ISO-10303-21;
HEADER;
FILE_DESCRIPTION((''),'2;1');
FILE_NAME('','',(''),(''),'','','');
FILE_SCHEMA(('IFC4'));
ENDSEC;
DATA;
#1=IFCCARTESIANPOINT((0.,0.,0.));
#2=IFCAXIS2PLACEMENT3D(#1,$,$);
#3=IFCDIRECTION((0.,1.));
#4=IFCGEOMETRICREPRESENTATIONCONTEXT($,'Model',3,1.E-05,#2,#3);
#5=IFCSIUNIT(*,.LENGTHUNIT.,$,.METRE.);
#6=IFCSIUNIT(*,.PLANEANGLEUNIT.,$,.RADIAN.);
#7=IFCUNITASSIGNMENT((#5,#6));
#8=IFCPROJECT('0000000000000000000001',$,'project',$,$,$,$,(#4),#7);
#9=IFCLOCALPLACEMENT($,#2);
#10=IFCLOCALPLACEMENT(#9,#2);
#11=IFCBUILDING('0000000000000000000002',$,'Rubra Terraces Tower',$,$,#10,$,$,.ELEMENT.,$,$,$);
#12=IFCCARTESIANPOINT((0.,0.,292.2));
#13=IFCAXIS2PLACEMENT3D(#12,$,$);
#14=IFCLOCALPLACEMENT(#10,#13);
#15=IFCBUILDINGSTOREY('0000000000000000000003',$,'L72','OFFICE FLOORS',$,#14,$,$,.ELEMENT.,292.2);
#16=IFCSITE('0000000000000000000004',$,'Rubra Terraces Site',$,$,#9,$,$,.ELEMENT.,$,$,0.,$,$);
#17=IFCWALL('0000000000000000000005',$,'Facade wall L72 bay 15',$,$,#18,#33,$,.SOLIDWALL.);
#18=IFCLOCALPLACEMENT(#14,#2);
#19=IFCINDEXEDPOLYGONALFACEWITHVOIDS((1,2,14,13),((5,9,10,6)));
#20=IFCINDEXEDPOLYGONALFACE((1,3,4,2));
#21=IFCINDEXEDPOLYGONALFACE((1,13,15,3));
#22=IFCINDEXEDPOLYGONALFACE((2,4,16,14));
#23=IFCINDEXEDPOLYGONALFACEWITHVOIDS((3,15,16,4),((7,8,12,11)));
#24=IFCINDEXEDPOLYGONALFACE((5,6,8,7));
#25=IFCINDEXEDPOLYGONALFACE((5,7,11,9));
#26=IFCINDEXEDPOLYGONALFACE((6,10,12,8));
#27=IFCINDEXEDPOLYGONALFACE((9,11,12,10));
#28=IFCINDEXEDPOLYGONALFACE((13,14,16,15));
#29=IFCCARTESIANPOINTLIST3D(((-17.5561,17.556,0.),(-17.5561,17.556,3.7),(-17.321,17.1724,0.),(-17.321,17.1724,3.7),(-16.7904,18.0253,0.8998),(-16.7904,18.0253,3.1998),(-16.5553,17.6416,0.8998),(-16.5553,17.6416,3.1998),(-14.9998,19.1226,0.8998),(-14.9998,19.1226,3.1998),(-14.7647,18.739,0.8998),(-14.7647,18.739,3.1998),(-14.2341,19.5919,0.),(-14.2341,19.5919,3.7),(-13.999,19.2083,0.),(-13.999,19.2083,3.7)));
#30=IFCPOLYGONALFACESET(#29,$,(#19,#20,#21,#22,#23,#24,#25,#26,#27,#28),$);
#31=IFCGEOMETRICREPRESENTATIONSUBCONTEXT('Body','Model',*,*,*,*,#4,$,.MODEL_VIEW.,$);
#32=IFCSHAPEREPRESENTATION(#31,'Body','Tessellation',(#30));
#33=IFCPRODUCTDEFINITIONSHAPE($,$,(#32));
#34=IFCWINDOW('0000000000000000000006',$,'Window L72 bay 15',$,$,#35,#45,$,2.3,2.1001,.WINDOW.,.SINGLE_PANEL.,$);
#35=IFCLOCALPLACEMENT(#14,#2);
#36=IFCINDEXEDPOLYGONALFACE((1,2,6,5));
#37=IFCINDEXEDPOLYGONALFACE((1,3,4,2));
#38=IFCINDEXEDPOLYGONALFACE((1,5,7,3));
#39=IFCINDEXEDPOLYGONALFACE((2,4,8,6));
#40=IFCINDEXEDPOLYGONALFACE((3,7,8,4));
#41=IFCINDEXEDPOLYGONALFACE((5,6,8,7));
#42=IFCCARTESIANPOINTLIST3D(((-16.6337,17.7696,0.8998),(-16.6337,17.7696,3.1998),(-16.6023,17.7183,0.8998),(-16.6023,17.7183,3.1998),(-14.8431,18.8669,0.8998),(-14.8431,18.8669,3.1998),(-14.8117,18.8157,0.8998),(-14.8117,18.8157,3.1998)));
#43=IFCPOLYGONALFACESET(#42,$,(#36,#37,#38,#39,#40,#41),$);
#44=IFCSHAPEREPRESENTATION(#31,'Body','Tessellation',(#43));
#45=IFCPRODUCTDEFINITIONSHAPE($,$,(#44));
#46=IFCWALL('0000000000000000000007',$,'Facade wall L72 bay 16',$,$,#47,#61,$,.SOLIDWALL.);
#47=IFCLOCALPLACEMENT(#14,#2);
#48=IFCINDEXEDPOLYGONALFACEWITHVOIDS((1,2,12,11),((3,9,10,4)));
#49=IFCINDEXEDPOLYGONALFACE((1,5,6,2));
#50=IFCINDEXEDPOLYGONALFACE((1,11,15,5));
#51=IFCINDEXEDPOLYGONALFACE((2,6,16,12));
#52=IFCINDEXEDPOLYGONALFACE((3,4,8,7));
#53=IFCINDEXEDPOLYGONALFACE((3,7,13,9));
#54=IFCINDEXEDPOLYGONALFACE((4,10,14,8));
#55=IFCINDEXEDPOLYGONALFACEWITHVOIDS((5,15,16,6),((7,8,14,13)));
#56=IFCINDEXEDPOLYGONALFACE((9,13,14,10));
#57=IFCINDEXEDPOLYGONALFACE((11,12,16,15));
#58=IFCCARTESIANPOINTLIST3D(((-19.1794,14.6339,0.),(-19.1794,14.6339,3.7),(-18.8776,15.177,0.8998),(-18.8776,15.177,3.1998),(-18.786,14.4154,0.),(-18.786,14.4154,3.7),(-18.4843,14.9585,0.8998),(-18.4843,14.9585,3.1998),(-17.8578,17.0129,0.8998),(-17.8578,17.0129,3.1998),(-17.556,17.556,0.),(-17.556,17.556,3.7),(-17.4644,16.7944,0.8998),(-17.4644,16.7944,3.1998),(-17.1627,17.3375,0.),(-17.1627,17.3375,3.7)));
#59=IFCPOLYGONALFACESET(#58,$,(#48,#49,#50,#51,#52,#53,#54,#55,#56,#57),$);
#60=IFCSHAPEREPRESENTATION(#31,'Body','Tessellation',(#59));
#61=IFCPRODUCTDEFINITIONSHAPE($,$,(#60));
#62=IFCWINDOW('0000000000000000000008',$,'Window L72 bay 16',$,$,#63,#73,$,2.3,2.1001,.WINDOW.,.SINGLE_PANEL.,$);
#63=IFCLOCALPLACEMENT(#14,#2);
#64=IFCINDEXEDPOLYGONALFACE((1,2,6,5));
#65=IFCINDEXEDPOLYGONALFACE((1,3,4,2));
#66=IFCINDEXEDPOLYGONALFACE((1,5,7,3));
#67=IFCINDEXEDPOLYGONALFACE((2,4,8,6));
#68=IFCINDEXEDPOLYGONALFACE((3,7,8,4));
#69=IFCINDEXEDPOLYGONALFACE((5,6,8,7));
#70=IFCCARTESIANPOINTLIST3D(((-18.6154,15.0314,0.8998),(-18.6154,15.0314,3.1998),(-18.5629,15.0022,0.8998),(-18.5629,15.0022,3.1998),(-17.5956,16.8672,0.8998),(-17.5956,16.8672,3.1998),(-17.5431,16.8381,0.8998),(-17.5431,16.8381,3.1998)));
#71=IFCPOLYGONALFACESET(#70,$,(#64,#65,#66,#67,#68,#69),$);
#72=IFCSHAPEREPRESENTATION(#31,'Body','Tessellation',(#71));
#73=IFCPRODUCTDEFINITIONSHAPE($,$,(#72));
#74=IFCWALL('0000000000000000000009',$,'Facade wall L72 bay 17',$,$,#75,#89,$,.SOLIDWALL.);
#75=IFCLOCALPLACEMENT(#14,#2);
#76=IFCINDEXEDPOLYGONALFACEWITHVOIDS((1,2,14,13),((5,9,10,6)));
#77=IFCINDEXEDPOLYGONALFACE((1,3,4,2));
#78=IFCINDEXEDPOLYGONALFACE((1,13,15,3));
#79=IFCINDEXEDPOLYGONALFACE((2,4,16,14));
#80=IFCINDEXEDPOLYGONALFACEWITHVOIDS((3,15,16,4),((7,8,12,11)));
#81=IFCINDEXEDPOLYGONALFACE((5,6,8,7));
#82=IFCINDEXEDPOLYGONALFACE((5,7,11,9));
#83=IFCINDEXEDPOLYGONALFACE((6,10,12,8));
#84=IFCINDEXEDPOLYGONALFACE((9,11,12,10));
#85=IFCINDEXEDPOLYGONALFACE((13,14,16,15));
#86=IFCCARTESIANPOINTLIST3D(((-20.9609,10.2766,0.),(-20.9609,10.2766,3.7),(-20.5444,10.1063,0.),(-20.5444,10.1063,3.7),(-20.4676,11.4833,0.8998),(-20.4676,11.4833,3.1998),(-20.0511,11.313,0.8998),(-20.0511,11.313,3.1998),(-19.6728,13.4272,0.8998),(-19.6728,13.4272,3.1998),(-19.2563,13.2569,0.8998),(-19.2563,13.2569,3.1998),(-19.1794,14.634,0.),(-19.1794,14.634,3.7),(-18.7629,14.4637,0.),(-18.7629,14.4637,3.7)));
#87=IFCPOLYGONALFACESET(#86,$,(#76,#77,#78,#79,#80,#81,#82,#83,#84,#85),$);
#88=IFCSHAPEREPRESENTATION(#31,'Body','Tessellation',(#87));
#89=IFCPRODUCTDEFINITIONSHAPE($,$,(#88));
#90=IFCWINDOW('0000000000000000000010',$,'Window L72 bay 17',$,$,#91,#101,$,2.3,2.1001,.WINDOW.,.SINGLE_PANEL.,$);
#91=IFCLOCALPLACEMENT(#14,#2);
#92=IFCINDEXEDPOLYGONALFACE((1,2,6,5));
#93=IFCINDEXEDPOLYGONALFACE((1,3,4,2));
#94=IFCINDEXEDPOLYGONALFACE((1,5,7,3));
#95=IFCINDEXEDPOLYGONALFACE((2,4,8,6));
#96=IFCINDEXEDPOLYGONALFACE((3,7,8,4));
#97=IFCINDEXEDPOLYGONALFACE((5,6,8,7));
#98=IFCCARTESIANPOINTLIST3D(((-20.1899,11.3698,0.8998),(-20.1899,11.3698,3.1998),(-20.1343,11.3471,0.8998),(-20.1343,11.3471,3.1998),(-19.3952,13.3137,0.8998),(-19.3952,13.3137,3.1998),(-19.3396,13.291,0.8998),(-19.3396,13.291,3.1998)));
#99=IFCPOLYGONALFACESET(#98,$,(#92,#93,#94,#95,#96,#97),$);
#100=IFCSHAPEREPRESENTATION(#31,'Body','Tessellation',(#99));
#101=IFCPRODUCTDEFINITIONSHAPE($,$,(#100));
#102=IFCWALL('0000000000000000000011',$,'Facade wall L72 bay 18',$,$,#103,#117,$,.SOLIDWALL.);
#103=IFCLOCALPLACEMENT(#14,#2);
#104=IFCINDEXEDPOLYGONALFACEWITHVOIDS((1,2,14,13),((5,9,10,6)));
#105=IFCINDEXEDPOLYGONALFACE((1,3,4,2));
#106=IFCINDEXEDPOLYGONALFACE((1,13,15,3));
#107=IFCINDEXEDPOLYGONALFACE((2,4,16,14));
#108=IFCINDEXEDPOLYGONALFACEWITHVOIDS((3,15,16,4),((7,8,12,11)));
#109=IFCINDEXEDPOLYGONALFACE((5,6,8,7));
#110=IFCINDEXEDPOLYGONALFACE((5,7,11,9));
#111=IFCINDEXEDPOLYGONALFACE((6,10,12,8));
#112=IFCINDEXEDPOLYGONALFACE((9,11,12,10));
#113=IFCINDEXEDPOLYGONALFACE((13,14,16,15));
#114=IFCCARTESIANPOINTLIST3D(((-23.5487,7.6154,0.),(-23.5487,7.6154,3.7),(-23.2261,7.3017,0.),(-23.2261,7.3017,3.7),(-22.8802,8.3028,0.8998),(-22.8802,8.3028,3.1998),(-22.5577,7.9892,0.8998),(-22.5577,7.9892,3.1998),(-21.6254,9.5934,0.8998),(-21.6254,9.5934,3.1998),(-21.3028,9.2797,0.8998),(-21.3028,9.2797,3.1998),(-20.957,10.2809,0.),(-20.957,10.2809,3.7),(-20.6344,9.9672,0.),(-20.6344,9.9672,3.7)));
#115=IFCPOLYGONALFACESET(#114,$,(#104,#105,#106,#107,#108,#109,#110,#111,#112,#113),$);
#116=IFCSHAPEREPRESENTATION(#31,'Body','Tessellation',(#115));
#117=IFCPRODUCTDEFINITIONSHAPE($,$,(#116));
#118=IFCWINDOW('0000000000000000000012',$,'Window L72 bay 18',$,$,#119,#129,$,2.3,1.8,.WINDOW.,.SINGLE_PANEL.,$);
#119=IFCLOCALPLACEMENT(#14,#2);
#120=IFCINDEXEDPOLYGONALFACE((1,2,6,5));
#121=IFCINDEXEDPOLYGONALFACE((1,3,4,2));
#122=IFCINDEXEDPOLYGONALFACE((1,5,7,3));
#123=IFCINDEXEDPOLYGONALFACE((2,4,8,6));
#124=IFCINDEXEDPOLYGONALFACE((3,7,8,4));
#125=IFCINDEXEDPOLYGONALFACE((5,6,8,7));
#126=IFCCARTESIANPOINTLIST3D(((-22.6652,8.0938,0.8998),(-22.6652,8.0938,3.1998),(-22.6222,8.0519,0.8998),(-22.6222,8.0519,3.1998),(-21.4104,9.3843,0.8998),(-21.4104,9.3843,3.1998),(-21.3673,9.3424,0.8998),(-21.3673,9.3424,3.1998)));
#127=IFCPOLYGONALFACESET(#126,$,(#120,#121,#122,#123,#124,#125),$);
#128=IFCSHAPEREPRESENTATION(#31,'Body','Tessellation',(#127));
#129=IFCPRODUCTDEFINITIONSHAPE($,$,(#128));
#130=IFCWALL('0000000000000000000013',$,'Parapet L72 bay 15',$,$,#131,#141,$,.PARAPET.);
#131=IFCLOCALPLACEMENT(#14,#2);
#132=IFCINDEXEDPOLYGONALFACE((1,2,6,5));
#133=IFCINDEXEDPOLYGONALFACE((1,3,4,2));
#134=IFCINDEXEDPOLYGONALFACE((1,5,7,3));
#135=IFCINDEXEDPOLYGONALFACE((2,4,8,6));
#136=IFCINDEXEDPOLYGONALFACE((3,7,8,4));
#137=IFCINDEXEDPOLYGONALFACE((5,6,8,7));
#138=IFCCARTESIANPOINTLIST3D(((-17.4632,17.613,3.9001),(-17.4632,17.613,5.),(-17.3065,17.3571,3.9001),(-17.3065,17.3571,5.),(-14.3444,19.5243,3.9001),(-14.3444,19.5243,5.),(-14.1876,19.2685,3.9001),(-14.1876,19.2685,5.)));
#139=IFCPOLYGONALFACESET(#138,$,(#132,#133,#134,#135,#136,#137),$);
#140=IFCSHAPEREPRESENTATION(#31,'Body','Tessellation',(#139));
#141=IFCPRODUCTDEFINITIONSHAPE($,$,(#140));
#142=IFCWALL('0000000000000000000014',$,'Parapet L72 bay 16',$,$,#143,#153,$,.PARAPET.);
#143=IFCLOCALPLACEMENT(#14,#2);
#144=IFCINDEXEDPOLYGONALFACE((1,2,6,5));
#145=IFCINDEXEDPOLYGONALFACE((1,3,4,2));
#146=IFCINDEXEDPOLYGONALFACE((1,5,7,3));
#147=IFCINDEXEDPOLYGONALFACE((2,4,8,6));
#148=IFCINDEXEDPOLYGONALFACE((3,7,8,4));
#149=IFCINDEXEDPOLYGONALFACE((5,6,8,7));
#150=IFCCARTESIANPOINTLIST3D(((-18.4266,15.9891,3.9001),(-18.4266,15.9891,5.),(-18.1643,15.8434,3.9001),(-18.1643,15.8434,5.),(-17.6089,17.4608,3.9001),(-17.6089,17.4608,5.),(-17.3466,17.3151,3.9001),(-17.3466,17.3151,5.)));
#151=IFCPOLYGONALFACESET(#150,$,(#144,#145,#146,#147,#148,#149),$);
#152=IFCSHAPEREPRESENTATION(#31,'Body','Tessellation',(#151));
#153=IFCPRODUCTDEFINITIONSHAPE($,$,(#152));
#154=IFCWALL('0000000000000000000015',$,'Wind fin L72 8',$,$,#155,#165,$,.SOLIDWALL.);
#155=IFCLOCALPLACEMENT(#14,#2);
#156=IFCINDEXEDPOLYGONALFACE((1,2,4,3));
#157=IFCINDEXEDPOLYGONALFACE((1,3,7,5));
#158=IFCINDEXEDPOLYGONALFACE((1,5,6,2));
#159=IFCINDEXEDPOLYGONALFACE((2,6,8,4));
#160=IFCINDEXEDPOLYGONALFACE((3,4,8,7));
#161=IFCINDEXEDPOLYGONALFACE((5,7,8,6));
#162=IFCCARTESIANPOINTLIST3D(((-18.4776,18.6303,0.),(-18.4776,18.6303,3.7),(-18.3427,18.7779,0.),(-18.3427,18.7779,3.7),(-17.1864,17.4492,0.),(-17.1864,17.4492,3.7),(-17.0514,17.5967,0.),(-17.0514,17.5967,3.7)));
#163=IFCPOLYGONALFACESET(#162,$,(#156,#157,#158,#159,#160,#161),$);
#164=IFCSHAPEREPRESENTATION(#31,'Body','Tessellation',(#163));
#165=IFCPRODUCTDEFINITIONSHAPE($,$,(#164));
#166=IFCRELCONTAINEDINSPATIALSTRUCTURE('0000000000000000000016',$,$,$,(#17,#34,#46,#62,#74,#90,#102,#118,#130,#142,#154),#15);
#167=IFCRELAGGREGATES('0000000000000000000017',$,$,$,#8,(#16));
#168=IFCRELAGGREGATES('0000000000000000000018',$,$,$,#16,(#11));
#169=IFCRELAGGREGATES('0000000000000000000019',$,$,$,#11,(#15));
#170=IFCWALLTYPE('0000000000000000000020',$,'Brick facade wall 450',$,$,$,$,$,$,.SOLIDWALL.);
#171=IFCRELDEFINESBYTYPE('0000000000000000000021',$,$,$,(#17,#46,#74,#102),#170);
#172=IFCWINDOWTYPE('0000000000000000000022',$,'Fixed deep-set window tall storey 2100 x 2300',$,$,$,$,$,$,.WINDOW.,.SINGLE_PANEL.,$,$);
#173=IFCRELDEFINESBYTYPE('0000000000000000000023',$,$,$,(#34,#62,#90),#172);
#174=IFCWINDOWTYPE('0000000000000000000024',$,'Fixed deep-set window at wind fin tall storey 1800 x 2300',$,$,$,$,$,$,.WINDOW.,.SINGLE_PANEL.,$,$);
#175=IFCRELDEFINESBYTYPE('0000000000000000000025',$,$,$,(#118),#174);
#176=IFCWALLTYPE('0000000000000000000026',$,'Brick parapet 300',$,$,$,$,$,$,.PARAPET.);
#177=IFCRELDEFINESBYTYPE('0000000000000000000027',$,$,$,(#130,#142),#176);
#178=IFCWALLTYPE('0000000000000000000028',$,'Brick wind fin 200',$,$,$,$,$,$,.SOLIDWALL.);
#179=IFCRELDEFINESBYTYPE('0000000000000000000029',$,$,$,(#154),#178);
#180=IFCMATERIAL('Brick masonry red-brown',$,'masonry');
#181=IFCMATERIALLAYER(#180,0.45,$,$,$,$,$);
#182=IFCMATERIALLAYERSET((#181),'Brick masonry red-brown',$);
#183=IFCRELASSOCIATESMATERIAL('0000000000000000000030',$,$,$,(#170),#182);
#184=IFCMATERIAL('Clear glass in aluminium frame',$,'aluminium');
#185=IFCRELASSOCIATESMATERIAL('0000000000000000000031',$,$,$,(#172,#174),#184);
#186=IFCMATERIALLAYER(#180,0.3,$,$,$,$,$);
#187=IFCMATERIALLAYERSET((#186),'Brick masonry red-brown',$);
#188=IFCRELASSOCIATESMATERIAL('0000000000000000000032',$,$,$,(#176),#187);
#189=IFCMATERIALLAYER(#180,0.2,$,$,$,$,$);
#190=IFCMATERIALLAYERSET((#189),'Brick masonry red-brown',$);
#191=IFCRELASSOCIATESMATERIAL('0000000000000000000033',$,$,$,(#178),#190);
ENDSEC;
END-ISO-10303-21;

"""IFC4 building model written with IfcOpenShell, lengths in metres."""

from ifc_helpers import new_model, si_unit, direction, frame, frame_2d, origin, place, context, subcontext, project, spatial, rectangle, extrude, material, layer, layer_set, type_object, element, fill, save


model = new_model("IFC4")

# Units and contexts
model_context = context("Model", 3, precision=1e-05, world=origin(), true_north=direction((0.0, 1.0)))
body_context = subcontext(model_context, "Body", "Model", "MODEL_VIEW")
ifc_project = project(units=[si_unit("LENGTHUNIT", "METRE"), si_unit("PLANEANGLEUNIT", "RADIAN")], contexts=[model_context])

# Site, building, storey
site_placement = place(None, origin())
site = spatial("IfcSite", under=ifc_project, at=site_placement, Name="Rubra Terraces Site", CompositionType="ELEMENT", RefElevation=0.0)
building_placement = place(site_placement, origin())
building = spatial("IfcBuilding", under=site, at=building_placement, Name="Rubra Terraces Tower", CompositionType="ELEMENT")
storey_placement = place(building_placement, frame((0.0, 0.0, 292.2)))
storey = spatial("IfcBuildingStorey", under=building, at=storey_placement, Name="L72", Description="OFFICE FLOORS", CompositionType="ELEMENT", Elevation=292.2)

# Walls, openings, windows
ifc_material_1 = material(Name="Brick masonry red-brown", Category="masonry")
ifc_layer_1 = layer(ifc_material_1, 0.45)
ifc_layer_set_1 = layer_set([ifc_layer_1], Name="Brick masonry red-brown")
wall_type_1 = type_object("IfcWallType", Name="Brick facade wall 450", PredefinedType="SOLIDWALL", material=ifc_layer_set_1)
wall_1_placement = place(storey_placement, frame((-14.1165, 19.4001, 0.0), z_axis=(0.0, 0.0, 1.0), x_axis=(-0.852623, -0.522527, 0.0)))
wall_1 = element("IfcWall", 1, at=wall_1_placement, inside=storey, type_object=wall_type_1, Name="Facade wall L72 bay 15", PredefinedType="SOLIDWALL", context=body_context, shape_type="SweptSolid", body=[
    extrude(rectangle(XDim=3.8962, YDim=0.45, at=frame_2d((1.9482, 0.0))), origin(), (0.0, 0.0, 1.0), 3.7),
])
opening_1_placement = place(wall_1_placement, frame((0.8982, 0.0, 0.8999)))
opening_1 = element("IfcOpeningElement", 2, at=opening_1_placement, cuts=wall_1, PredefinedType="OPENING", context=body_context, shape_type="SweptSolid", body=[
    extrude(rectangle(XDim=2.1001, YDim=2.3, at=frame_2d((1.05, 1.1499))), frame((0.0, 0.2349, 0.0), z_axis=(0.0, -1.0, 0.0), x_axis=(1.0, 0.0, 0.0)), (0.0, 0.0, 1.0), 0.47),
])
ifc_material_2 = material(Name="Clear glass in aluminium frame", Category="aluminium")
window_type_1 = type_object("IfcWindowType", Name="Fixed deep-set window tall storey 2100 x 2300", PartitioningType="SINGLE_PANEL", PredefinedType="WINDOW", material=ifc_material_2)
window_1_placement = place(opening_1_placement, origin())
window_1 = element("IfcWindow", 3, at=window_1_placement, inside=storey, type_object=window_type_1, Name="Window L72 bay 15", OverallHeight=2.3, OverallWidth=2.1001, PartitioningType="SINGLE_PANEL", PredefinedType="WINDOW", context=body_context, shape_type="SweptSolid", body=[
    extrude(rectangle(XDim=2.1001, YDim=2.3, at=frame_2d((1.05, 1.1499))), frame((0.0, 0.135, 0.0), z_axis=(0.0, -1.0, 0.0), x_axis=(1.0, 0.0, 0.0)), (0.0, 0.0, 1.0), 0.0601),
])
fill(opening_1, window_1)
wall_2_placement = place(storey_placement, frame((-17.3594, 17.4468, 0.0), z_axis=(0.0, 0.0, 1.0), x_axis=(-0.485618, -0.874171, 0.0)))
wall_2 = element("IfcWall", 4, at=wall_2_placement, inside=storey, type_object=wall_type_1, Name="Facade wall L72 bay 16", PredefinedType="SOLIDWALL", context=body_context, shape_type="SweptSolid", body=[
    extrude(rectangle(XDim=3.3428, YDim=0.45, at=frame_2d((1.6714, 0.0))), origin(), (0.0, 0.0, 1.0), 3.7),
])
opening_2_placement = place(wall_2_placement, frame((0.6213, 0.0, 0.8999)))
opening_2 = element("IfcOpeningElement", 5, at=opening_2_placement, cuts=wall_2, PredefinedType="OPENING", context=body_context, shape_type="SweptSolid", body=[
    extrude(rectangle(XDim=2.1001, YDim=2.3, at=frame_2d((1.05, 1.1499))), frame((0.0, 0.2349, 0.0), z_axis=(0.0, -1.0, 0.0), x_axis=(1.0, 0.0, 0.0)), (0.0, 0.0, 1.0), 0.47),
])
window_2_placement = place(opening_2_placement, origin())
window_2 = element("IfcWindow", 6, at=window_2_placement, inside=storey, type_object=window_type_1, Name="Window L72 bay 16", OverallHeight=2.3, OverallWidth=2.1001, PartitioningType="SINGLE_PANEL", PredefinedType="WINDOW", context=body_context, shape_type="SweptSolid", body=[
    extrude(rectangle(XDim=2.1001, YDim=2.3, at=frame_2d((1.05, 1.1499))), frame((0.0, 0.135, 0.0), z_axis=(0.0, -1.0, 0.0), x_axis=(1.0, 0.0, 0.0)), (0.0, 0.0, 1.0), 0.0601),
])
fill(opening_2, window_2)
wall_3_placement = place(storey_placement, frame((-18.9712, 14.5488, 0.0), z_axis=(0.0, 0.0, 1.0), x_axis=(-0.378435, -0.925628, 0.0)))
wall_3 = element("IfcWall", 7, at=wall_3_placement, inside=storey, type_object=wall_type_1, Name="Facade wall L72 bay 17", PredefinedType="SOLIDWALL", context=body_context, shape_type="SweptSolid", body=[
    extrude(rectangle(XDim=4.7075, YDim=0.45, at=frame_2d((2.3538, 0.0))), origin(), (0.0, 0.0, 1.0), 3.7),
])
opening_3_placement = place(wall_3_placement, frame((1.3037, 0.0, 0.8999)))
opening_3 = element("IfcOpeningElement", 8, at=opening_3_placement, cuts=wall_3, PredefinedType="OPENING", context=body_context, shape_type="SweptSolid", body=[
    extrude(rectangle(XDim=2.1001, YDim=2.3, at=frame_2d((1.05, 1.1499))), frame((0.0, 0.2349, 0.0), z_axis=(0.0, -1.0, 0.0), x_axis=(1.0, 0.0, 0.0)), (0.0, 0.0, 1.0), 0.47),
])
window_3_placement = place(opening_3_placement, origin())
window_3 = element("IfcWindow", 9, at=window_3_placement, inside=storey, type_object=window_type_1, Name="Window L72 bay 17", OverallHeight=2.3, OverallWidth=2.1001, PartitioningType="SINGLE_PANEL", PredefinedType="WINDOW", context=body_context, shape_type="SweptSolid", body=[
    extrude(rectangle(XDim=2.1001, YDim=2.3, at=frame_2d((1.05, 1.1499))), frame((0.0, 0.135, 0.0), z_axis=(0.0, -1.0, 0.0), x_axis=(1.0, 0.0, 0.0)), (0.0, 0.0, 1.0), 0.0601),
])
fill(opening_3, window_3)
wall_4_placement = place(storey_placement, frame((-20.7957, 10.124, 0.0), z_axis=(0.0, 0.0, 1.0), x_axis=(-0.697122, -0.716953, 0.0)))
wall_4 = element("IfcWall", 10, at=wall_4_placement, inside=storey, type_object=wall_type_1, Name="Facade wall L72 bay 18", PredefinedType="SOLIDWALL", context=body_context, shape_type="SweptSolid", body=[
    extrude(rectangle(XDim=3.7178, YDim=0.45, at=frame_2d((1.8589, 0.0))), origin(), (0.0, 0.0, 1.0), 3.7),
])
opening_4_placement = place(wall_4_placement, frame((0.959, 0.0, 0.8999)))
opening_4 = element("IfcOpeningElement", 11, at=opening_4_placement, cuts=wall_4, PredefinedType="OPENING", context=body_context, shape_type="SweptSolid", body=[
    extrude(rectangle(XDim=1.8, YDim=2.3, at=frame_2d((0.8999, 1.1499))), frame((0.0, 0.2349, 0.0), z_axis=(0.0, -1.0, 0.0), x_axis=(1.0, 0.0, 0.0)), (0.0, 0.0, 1.0), 0.47),
])
window_type_2 = type_object("IfcWindowType", Name="Fixed deep-set window at wind fin tall storey 1800 x 2300", PartitioningType="SINGLE_PANEL", PredefinedType="WINDOW", material=ifc_material_2)
window_4_placement = place(opening_4_placement, origin())
window_4 = element("IfcWindow", 12, at=window_4_placement, inside=storey, type_object=window_type_2, Name="Window L72 bay 18", OverallHeight=2.3, OverallWidth=1.8, PartitioningType="SINGLE_PANEL", PredefinedType="WINDOW", context=body_context, shape_type="SweptSolid", body=[
    extrude(rectangle(XDim=1.8, YDim=2.3, at=frame_2d((0.8999, 1.1499))), frame((0.0, 0.135, 0.0), z_axis=(0.0, -1.0, 0.0), x_axis=(1.0, 0.0, 0.0)), (0.0, 0.0, 1.0), 0.0601),
])
fill(opening_4, window_4)

# Walls
ifc_layer_2 = layer(ifc_material_1, 0.3)
ifc_layer_set_2 = layer_set([ifc_layer_2], Name="Brick masonry red-brown")
wall_type_2 = type_object("IfcWallType", Name="Brick parapet 300", PredefinedType="PARAPET", material=ifc_layer_set_2)
wall_5_placement = place(storey_placement, frame((-14.2659, 19.3965, 3.9001), z_axis=(0.0, 0.0, 1.0), x_axis=(-0.852626, -0.522521, 0.0)))
element("IfcWall", 13, at=wall_5_placement, inside=storey, type_object=wall_type_2, Name="Parapet L72 bay 15", PredefinedType="PARAPET", context=body_context, shape_type="SweptSolid", body=[
    extrude(rectangle(XDim=3.658, YDim=0.3, at=frame_2d((1.8291, 0.0))), origin(), (0.0, 0.0, 1.0), 1.0999),
])
wall_6_placement = place(storey_placement, frame((-17.4778, 17.3879, 3.9001), z_axis=(0.0, 0.0, 1.0), x_axis=(-0.485655, -0.87415, 0.0)))
element("IfcWall", 14, at=wall_6_placement, inside=storey, type_object=wall_type_2, Name="Parapet L72 bay 16", PredefinedType="PARAPET", context=body_context, shape_type="SweptSolid", body=[
    extrude(rectangle(XDim=1.6836, YDim=0.3, at=frame_2d((0.8418, 0.0))), origin(), (0.0, 0.0, 1.0), 1.0999),
])
ifc_layer_3 = layer(ifc_material_1, 0.2)
ifc_layer_set_3 = layer_set([ifc_layer_3], Name="Brick masonry red-brown")
wall_type_3 = type_object("IfcWallType", Name="Brick wind fin 200", PredefinedType="SOLIDWALL", material=ifc_layer_set_3)
wall_7_placement = place(storey_placement, frame((-17.1189, 17.5229, 0.0), z_axis=(0.0, 0.0, 1.0), x_axis=(-0.737866, 0.674947, 0.0)))
element("IfcWall", 15, at=wall_7_placement, inside=storey, type_object=wall_type_3, Name="Wind fin L72 8", PredefinedType="SOLIDWALL", context=body_context, shape_type="SweptSolid", body=[
    extrude(rectangle(XDim=1.75, YDim=0.2, at=frame_2d((0.875, 0.0))), origin(), (0.0, 0.0, 1.0), 3.7),
])

save(model, "model.ifc")
